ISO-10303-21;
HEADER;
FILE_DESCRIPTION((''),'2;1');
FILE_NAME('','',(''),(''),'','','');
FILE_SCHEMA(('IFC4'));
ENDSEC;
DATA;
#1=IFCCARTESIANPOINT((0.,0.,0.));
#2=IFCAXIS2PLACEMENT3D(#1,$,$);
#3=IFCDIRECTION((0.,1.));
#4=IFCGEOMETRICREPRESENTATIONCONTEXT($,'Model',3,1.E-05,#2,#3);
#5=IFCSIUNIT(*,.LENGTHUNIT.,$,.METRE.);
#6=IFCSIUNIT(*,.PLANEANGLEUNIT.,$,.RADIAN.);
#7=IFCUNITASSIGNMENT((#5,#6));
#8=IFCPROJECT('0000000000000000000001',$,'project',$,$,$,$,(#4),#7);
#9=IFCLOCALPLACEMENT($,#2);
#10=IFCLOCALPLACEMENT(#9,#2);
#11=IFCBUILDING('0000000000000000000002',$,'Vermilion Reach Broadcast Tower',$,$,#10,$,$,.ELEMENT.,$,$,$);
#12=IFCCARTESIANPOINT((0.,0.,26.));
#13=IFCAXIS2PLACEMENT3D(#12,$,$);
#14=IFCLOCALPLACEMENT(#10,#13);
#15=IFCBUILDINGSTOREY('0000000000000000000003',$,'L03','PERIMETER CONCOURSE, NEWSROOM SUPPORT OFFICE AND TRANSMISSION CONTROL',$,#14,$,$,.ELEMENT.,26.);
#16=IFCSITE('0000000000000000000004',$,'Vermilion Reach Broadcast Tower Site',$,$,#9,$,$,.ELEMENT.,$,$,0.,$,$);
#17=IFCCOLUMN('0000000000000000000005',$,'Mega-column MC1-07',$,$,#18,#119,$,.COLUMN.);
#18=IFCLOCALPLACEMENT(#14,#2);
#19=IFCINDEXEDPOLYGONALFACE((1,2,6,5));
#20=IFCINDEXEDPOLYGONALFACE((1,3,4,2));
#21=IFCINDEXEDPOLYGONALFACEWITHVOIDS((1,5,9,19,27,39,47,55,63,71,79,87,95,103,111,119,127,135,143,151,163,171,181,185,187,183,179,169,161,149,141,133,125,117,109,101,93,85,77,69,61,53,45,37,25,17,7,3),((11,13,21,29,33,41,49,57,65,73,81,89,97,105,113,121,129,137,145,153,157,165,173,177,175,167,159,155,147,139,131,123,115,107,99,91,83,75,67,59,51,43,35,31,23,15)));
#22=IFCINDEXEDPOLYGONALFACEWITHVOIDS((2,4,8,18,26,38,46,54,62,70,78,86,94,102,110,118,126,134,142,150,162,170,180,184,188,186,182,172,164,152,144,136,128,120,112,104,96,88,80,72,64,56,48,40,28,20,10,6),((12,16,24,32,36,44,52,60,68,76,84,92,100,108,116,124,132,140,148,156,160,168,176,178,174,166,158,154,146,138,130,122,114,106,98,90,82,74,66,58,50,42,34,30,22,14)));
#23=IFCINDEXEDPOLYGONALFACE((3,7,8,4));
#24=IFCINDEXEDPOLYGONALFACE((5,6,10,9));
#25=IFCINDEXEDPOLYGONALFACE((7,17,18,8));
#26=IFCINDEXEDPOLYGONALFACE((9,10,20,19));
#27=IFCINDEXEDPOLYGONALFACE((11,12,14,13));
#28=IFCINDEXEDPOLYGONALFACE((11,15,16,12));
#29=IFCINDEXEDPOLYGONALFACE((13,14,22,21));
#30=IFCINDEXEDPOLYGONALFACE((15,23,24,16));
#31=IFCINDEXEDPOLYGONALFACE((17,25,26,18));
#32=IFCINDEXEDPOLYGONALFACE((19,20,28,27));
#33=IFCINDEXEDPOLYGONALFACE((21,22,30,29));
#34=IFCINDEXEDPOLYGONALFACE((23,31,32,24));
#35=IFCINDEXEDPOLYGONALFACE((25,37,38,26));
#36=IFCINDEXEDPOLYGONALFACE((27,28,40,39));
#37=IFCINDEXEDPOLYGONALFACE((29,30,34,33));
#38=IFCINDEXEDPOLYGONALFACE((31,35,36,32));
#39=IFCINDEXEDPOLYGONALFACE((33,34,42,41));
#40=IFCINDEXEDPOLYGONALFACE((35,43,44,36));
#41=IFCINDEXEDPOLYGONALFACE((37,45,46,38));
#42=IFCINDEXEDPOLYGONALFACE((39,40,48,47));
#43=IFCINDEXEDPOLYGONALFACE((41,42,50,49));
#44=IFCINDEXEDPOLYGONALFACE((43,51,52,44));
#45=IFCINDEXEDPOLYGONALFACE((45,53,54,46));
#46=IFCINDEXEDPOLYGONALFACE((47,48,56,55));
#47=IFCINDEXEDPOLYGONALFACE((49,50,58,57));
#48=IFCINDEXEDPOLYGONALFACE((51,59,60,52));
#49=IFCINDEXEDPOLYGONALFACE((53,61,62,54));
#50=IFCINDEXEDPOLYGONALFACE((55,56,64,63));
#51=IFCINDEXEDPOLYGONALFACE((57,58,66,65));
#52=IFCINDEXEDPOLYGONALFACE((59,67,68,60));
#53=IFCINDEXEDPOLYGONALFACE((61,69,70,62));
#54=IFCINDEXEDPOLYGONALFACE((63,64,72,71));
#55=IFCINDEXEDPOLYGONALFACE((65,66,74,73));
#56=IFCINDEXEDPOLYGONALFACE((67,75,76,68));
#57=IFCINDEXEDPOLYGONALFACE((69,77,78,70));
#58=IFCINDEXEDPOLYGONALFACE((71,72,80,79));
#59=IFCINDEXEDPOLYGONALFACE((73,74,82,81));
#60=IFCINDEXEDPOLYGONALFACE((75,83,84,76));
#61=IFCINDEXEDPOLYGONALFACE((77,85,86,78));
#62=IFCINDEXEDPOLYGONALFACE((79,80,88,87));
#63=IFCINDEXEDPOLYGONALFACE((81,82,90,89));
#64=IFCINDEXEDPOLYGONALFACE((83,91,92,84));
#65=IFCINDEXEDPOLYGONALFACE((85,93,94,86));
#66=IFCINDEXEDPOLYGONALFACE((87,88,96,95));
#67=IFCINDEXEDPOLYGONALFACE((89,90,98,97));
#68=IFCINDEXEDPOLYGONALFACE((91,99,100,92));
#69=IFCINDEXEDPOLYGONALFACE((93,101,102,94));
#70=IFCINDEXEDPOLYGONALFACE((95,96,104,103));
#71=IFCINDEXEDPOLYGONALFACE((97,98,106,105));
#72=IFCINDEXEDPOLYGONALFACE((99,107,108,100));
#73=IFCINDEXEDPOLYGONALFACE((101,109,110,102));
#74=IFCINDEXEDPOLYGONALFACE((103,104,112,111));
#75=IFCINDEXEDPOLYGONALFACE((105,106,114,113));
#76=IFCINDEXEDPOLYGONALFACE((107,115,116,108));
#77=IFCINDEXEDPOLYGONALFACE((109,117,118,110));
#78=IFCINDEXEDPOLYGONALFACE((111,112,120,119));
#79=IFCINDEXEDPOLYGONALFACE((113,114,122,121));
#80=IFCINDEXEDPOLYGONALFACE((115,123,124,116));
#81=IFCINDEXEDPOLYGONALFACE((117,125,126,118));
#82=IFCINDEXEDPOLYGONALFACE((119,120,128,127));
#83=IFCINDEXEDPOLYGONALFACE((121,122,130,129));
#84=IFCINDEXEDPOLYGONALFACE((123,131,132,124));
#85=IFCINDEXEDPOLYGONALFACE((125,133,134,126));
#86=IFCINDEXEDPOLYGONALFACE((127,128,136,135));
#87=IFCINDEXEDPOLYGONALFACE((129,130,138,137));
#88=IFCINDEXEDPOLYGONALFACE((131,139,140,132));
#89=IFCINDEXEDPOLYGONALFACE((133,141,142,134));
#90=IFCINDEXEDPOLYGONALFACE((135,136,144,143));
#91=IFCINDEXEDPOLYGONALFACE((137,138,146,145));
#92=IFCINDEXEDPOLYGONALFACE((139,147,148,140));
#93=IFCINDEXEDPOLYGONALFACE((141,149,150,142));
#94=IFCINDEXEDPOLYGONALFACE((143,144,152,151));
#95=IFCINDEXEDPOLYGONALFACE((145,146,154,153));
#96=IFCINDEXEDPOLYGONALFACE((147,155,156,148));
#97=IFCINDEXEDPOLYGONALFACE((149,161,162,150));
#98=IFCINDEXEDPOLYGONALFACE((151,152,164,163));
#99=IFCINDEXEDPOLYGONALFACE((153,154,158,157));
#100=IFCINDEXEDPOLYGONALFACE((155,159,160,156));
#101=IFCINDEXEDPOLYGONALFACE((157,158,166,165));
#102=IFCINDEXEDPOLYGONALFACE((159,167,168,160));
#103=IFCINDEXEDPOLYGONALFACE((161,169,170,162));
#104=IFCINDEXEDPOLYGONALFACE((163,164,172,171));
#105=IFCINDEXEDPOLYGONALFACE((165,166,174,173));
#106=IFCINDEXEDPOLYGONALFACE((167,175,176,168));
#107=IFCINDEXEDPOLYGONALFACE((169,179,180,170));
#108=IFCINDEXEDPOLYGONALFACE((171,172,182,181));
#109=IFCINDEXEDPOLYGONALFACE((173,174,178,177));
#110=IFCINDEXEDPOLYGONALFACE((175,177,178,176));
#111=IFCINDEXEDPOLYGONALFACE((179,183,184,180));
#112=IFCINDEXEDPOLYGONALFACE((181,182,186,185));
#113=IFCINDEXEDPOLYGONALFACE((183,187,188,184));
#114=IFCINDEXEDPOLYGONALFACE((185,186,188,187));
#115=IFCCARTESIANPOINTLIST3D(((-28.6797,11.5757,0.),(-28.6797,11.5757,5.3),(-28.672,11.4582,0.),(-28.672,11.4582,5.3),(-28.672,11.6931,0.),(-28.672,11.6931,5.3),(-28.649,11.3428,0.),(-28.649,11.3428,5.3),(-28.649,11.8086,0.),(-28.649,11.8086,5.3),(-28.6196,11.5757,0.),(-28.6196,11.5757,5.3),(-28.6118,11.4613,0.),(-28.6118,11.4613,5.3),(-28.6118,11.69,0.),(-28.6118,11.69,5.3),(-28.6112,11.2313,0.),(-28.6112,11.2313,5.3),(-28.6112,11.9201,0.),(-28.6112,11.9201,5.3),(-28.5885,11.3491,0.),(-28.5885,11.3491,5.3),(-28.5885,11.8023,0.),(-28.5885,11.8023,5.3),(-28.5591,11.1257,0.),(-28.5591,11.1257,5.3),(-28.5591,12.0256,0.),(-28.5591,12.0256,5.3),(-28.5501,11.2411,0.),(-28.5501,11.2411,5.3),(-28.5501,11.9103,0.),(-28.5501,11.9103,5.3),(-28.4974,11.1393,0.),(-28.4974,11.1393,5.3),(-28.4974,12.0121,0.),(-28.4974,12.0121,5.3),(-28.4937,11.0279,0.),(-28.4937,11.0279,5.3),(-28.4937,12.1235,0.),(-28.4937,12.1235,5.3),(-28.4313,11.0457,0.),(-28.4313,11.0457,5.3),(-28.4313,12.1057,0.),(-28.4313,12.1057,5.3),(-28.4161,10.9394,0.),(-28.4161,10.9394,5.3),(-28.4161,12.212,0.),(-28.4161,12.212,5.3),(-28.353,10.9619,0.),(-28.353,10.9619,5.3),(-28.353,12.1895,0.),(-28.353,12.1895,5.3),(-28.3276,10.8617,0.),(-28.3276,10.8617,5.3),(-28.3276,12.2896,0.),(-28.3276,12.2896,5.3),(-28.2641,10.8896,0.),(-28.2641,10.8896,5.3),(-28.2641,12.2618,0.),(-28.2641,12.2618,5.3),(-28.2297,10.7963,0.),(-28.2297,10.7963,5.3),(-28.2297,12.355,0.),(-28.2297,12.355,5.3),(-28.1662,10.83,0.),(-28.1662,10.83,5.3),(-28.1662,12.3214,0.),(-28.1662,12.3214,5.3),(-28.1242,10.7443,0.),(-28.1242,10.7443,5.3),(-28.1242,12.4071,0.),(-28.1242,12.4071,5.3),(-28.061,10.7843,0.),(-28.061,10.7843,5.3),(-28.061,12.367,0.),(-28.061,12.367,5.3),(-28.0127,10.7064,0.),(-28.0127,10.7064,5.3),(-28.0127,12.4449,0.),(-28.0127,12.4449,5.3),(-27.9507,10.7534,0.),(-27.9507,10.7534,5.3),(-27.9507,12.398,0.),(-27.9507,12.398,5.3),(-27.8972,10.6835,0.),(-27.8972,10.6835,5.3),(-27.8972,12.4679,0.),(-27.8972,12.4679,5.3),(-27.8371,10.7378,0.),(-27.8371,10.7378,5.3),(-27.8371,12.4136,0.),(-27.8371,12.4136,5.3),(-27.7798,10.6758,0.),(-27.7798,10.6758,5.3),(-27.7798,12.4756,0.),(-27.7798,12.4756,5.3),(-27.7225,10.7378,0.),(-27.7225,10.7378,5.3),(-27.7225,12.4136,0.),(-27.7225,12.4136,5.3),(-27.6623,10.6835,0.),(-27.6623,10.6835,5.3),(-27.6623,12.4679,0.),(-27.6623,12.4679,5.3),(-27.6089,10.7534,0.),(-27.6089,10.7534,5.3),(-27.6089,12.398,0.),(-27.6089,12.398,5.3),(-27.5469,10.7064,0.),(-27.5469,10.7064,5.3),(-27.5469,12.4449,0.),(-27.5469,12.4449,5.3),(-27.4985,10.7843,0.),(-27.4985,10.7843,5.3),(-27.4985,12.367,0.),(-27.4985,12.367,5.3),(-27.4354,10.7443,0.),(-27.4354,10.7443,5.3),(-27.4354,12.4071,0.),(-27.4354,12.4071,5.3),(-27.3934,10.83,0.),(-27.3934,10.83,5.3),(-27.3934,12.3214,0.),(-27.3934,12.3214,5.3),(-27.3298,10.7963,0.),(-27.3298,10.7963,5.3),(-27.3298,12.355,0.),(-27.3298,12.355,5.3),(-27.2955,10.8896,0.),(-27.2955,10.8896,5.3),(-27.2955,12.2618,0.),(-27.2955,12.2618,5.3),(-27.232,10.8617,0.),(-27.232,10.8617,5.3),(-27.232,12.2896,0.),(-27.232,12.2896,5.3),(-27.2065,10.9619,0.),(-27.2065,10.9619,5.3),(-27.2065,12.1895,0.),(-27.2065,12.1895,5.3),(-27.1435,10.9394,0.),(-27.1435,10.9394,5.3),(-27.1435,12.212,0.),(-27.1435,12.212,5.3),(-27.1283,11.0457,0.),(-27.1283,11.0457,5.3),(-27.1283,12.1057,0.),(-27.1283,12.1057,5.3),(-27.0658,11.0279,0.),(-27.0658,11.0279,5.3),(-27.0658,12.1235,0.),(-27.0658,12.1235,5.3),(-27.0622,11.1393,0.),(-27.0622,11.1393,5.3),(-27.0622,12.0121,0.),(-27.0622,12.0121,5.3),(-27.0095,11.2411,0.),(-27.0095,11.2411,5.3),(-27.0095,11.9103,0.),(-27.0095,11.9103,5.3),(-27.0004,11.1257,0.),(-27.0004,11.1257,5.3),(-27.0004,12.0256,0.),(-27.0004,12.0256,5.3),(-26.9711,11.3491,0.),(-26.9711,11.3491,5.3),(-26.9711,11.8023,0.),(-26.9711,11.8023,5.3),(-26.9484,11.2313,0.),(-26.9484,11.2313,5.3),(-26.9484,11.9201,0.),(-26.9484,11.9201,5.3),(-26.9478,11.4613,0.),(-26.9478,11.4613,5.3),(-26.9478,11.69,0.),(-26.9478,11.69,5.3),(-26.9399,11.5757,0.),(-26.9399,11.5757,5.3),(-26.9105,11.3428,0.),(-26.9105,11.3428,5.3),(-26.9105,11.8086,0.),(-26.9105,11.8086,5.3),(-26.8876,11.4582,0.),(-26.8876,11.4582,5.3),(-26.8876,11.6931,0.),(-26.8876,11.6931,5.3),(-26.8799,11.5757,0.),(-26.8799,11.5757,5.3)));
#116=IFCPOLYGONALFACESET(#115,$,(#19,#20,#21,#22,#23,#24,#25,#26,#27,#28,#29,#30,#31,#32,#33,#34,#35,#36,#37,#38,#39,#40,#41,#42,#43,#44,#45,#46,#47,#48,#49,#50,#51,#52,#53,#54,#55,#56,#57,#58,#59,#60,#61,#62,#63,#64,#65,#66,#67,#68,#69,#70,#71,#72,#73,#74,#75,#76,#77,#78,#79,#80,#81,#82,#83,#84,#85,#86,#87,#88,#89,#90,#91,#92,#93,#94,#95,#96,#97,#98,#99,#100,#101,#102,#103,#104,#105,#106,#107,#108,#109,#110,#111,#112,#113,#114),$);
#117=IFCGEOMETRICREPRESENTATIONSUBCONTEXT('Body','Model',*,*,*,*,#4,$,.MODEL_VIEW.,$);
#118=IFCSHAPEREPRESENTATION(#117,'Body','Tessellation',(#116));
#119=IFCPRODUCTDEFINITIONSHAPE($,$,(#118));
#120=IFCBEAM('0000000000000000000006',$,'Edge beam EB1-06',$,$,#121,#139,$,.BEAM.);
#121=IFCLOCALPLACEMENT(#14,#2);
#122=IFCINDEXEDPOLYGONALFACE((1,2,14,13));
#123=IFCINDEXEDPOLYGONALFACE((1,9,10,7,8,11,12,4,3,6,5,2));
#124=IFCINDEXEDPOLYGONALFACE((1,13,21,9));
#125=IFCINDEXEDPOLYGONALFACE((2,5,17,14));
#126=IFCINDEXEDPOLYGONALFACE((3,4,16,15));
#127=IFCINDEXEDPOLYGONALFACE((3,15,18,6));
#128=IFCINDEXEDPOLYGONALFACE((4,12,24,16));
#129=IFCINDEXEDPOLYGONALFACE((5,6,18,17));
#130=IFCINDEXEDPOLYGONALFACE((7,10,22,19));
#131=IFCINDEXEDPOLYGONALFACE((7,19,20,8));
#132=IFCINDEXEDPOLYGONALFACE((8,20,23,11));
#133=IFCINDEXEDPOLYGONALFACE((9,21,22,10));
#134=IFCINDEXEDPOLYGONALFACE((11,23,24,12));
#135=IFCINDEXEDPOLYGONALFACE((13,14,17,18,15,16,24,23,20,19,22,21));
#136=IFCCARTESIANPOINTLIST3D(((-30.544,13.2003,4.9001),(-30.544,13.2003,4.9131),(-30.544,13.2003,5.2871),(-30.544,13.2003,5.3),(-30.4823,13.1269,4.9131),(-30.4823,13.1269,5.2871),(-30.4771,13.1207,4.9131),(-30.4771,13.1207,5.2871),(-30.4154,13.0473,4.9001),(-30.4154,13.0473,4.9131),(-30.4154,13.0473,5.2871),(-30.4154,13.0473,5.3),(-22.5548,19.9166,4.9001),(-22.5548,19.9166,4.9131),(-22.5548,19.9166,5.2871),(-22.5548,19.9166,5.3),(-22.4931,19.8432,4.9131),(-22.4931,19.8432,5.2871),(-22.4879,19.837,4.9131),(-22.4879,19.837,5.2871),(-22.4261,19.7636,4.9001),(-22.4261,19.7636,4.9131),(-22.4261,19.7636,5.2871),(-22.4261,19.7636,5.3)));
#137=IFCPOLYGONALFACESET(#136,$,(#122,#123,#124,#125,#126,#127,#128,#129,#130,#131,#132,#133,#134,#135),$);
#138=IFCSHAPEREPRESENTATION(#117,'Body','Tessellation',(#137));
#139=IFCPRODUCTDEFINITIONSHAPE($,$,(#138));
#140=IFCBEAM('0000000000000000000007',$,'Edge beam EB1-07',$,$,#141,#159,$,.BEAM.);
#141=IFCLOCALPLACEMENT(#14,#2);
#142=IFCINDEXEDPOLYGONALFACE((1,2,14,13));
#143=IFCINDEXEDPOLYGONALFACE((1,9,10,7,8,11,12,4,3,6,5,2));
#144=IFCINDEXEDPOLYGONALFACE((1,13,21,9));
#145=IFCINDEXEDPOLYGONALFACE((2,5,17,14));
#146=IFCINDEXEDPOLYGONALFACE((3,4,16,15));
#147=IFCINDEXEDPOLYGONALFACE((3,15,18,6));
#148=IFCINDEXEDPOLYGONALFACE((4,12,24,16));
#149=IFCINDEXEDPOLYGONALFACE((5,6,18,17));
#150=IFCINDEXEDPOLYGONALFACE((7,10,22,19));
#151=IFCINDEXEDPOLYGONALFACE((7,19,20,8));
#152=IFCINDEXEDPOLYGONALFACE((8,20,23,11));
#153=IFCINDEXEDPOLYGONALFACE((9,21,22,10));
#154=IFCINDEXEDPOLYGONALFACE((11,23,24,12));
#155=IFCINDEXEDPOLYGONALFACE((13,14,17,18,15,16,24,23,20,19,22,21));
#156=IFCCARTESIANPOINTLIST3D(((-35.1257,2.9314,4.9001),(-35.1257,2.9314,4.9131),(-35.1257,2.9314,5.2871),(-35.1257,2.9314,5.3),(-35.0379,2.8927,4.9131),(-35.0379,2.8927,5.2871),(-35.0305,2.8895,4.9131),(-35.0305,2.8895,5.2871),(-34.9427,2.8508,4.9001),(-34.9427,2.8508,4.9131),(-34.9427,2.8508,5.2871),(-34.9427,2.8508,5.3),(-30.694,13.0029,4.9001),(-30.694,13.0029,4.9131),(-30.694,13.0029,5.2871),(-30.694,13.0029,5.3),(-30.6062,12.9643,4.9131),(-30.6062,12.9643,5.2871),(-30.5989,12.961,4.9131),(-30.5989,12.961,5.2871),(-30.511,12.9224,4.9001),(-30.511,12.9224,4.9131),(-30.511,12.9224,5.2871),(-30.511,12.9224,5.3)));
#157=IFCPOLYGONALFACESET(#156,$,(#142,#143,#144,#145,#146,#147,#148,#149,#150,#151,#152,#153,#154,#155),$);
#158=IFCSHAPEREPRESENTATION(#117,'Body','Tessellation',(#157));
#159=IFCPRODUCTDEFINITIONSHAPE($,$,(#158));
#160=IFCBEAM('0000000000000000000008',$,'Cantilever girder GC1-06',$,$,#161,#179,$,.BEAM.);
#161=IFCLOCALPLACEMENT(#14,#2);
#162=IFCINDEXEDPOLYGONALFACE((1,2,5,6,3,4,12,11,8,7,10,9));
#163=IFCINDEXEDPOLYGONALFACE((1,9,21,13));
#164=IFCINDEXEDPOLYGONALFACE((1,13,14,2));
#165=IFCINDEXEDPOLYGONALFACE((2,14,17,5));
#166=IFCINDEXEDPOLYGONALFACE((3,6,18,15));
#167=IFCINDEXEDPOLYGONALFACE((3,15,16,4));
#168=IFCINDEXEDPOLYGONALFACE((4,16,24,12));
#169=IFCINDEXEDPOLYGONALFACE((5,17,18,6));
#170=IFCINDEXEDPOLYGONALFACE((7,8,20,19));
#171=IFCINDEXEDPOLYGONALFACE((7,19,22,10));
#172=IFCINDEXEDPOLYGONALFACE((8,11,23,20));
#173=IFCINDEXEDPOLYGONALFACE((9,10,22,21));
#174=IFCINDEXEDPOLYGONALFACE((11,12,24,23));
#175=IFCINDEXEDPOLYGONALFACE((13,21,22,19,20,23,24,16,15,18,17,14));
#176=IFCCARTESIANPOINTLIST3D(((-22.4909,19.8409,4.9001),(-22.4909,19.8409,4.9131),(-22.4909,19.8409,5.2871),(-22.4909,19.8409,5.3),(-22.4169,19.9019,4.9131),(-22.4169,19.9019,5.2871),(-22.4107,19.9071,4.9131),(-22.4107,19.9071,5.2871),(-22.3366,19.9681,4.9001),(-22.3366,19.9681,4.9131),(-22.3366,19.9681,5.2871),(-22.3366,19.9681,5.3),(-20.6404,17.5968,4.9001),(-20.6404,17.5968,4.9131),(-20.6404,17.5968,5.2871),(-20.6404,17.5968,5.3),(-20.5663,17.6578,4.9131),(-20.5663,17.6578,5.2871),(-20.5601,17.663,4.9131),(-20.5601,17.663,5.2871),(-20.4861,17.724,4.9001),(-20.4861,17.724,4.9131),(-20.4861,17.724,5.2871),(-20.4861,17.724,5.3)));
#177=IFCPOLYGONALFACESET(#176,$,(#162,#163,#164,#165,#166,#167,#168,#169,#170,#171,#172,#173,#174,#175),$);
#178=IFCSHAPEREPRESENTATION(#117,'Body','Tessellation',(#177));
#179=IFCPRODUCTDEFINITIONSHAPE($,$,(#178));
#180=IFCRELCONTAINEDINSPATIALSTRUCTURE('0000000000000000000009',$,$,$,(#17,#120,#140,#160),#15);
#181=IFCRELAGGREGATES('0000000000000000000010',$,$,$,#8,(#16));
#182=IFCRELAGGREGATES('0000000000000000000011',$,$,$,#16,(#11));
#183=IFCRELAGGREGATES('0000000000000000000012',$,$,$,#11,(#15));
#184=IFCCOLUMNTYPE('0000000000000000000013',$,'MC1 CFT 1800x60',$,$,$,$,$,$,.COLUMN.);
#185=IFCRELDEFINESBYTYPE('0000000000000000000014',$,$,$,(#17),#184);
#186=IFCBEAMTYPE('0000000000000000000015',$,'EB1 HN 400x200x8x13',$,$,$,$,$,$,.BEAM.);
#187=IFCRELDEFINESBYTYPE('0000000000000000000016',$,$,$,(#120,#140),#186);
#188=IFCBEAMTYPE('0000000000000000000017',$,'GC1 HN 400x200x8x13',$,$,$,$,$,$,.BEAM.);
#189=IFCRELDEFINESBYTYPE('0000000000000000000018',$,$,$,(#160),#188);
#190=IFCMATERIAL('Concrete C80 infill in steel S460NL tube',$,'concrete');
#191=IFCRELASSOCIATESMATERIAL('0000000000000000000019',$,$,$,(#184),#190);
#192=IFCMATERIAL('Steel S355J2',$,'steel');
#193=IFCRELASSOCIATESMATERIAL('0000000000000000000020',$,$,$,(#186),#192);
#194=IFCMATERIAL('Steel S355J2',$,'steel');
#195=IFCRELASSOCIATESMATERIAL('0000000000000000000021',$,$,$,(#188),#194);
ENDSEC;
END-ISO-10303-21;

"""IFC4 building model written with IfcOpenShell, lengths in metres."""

from ifc_helpers import new_model, si_unit, direction, frame, origin, origin_2d, place, context, subcontext, project, spatial, hollow_circle, i_section, extrude, material, material_profile, profile_set, type_object, element, save


model = new_model("IFC4")

# Units and contexts
model_context = context("Model", 3, precision=1e-05, world=origin(), true_north=direction((0.0, 1.0)))
body_context = subcontext(model_context, "Body", "Model", "MODEL_VIEW")
ifc_project = project(units=[si_unit("LENGTHUNIT", "METRE"), si_unit("PLANEANGLEUNIT", "RADIAN")], contexts=[model_context])

# Site, building, storey
site_placement = place(None, origin())
site = spatial("IfcSite", under=ifc_project, at=site_placement, Name="Vermilion Reach Broadcast Tower Site", CompositionType="ELEMENT", RefElevation=0.0)
building_placement = place(site_placement, origin())
building = spatial("IfcBuilding", under=site, at=building_placement, Name="Vermilion Reach Broadcast Tower", CompositionType="ELEMENT")
storey_placement = place(building_placement, frame((0.0, 0.0, 26.0)))
storey = spatial("IfcBuildingStorey", under=building, at=storey_placement, Name="L03", Description="PERIMETER CONCOURSE, NEWSROOM SUPPORT OFFICE AND TRANSMISSION CONTROL", CompositionType="ELEMENT", Elevation=26.0)

# Column
ifc_material_1 = material(Name="Concrete C80 infill in steel S460NL tube", Category="concrete")
ifc_material_profile_1 = material_profile(ifc_material_1, hollow_circle(Radius=0.8999, WallThickness=0.0601, at=origin_2d()), Name="Concrete C80 infill in steel S460NL tube CFT 1800x60")
ifc_profile_set_1 = profile_set([ifc_material_profile_1], Name="Concrete C80 infill in steel S460NL tube")
column_type = type_object("IfcColumnType", Name="MC1 CFT 1800x60", PredefinedType="COLUMN", material=ifc_profile_set_1)
for number, where, z_axis, x_axis, name in (
    (1, (-27.7798, 11.5757, 0.0), (0.0, 0.0, 1.0), (1.0, 0.0, 0.0), "Mega-column MC1-07"),
):
    element("IfcColumn", number, at=place(storey_placement, frame(where, z_axis=z_axis, x_axis=x_axis)), inside=storey, type_object=column_type, Name=name, PredefinedType="COLUMN", context=body_context, shape_type="SweptSolid", body=[
        extrude(hollow_circle(Radius=0.8999, WallThickness=0.0601, at=origin_2d()), origin(), (0.0, 0.0, 1.0), 5.3),
    ])

# Beams
ifc_material_2 = material(Name="Steel S355J2", Category="steel")
ifc_material_profile_2 = material_profile(ifc_material_2, i_section(OverallWidth=0.2, OverallDepth=0.3999, WebThickness=0.0081, FlangeThickness=0.0129, at=origin_2d()), Name="S355J2 HN 400x200x8x13")
ifc_profile_set_2 = profile_set([ifc_material_profile_2], Name="Steel S355J2")
beam_type_1 = type_object("IfcBeamType", Name="EB1 HN 400x200x8x13", PredefinedType="BEAM", material=ifc_profile_set_2)
beam_1_placement = place(storey_placement, frame((-22.4905, 19.8401, 5.1001), z_axis=(-0.765453, -0.643492, 0.0), x_axis=(0.643492, -0.765453, 0.0)))
element("IfcBeam", 2, at=beam_1_placement, inside=storey, type_object=beam_type_1, Name="Edge beam EB1-06", PredefinedType="BEAM", context=body_context, shape_type="SweptSolid", body=[
    extrude(i_section(OverallWidth=0.2, OverallDepth=0.3999, WebThickness=0.0081, FlangeThickness=0.0129, at=origin_2d()), origin(), (0.0, 0.0, 1.0), 10.4373),
])
beam_2_placement = place(storey_placement, frame((-30.6025, 12.9626, 5.1001), z_axis=(-0.402751, -0.915309, 0.0), x_axis=(0.915309, -0.402751, 0.0)))
element("IfcBeam", 3, at=beam_2_placement, inside=storey, type_object=beam_type_1, Name="Edge beam EB1-07", PredefinedType="BEAM", context=body_context, shape_type="SweptSolid", body=[
    extrude(i_section(OverallWidth=0.2, OverallDepth=0.3999, WebThickness=0.0081, FlangeThickness=0.0129, at=origin_2d()), origin(), (0.0, 0.0, 1.0), 11.0034),
])
ifc_material_3 = material(Name="Steel S355J2", Category="steel")
ifc_material_profile_3 = material_profile(ifc_material_3, i_section(OverallWidth=0.2, OverallDepth=0.3999, WebThickness=0.0081, FlangeThickness=0.0129, at=origin_2d()), Name="S355J2 HN 400x200x8x13")
ifc_profile_set_3 = profile_set([ifc_material_profile_3], Name="Steel S355J2")
beam_type_2 = type_object("IfcBeamType", Name="GC1 HN 400x200x8x13", PredefinedType="BEAM", material=ifc_profile_set_3)
beam_3_placement = place(storey_placement, frame((-20.5632, 17.6604, 5.1001), z_axis=(-0.636213, 0.771513, 0.0), x_axis=(-0.771513, -0.636213, 0.0)))
element("IfcBeam", 4, at=beam_3_placement, inside=storey, type_object=beam_type_2, Name="Cantilever girder GC1-06", PredefinedType="BEAM", context=body_context, shape_type="SweptSolid", body=[
    extrude(i_section(OverallWidth=0.2, OverallDepth=0.3999, WebThickness=0.0081, FlangeThickness=0.0129, at=origin_2d()), origin(), (0.0, 0.0, 1.0), 2.9087),
])

save(model, "model.ifc")
